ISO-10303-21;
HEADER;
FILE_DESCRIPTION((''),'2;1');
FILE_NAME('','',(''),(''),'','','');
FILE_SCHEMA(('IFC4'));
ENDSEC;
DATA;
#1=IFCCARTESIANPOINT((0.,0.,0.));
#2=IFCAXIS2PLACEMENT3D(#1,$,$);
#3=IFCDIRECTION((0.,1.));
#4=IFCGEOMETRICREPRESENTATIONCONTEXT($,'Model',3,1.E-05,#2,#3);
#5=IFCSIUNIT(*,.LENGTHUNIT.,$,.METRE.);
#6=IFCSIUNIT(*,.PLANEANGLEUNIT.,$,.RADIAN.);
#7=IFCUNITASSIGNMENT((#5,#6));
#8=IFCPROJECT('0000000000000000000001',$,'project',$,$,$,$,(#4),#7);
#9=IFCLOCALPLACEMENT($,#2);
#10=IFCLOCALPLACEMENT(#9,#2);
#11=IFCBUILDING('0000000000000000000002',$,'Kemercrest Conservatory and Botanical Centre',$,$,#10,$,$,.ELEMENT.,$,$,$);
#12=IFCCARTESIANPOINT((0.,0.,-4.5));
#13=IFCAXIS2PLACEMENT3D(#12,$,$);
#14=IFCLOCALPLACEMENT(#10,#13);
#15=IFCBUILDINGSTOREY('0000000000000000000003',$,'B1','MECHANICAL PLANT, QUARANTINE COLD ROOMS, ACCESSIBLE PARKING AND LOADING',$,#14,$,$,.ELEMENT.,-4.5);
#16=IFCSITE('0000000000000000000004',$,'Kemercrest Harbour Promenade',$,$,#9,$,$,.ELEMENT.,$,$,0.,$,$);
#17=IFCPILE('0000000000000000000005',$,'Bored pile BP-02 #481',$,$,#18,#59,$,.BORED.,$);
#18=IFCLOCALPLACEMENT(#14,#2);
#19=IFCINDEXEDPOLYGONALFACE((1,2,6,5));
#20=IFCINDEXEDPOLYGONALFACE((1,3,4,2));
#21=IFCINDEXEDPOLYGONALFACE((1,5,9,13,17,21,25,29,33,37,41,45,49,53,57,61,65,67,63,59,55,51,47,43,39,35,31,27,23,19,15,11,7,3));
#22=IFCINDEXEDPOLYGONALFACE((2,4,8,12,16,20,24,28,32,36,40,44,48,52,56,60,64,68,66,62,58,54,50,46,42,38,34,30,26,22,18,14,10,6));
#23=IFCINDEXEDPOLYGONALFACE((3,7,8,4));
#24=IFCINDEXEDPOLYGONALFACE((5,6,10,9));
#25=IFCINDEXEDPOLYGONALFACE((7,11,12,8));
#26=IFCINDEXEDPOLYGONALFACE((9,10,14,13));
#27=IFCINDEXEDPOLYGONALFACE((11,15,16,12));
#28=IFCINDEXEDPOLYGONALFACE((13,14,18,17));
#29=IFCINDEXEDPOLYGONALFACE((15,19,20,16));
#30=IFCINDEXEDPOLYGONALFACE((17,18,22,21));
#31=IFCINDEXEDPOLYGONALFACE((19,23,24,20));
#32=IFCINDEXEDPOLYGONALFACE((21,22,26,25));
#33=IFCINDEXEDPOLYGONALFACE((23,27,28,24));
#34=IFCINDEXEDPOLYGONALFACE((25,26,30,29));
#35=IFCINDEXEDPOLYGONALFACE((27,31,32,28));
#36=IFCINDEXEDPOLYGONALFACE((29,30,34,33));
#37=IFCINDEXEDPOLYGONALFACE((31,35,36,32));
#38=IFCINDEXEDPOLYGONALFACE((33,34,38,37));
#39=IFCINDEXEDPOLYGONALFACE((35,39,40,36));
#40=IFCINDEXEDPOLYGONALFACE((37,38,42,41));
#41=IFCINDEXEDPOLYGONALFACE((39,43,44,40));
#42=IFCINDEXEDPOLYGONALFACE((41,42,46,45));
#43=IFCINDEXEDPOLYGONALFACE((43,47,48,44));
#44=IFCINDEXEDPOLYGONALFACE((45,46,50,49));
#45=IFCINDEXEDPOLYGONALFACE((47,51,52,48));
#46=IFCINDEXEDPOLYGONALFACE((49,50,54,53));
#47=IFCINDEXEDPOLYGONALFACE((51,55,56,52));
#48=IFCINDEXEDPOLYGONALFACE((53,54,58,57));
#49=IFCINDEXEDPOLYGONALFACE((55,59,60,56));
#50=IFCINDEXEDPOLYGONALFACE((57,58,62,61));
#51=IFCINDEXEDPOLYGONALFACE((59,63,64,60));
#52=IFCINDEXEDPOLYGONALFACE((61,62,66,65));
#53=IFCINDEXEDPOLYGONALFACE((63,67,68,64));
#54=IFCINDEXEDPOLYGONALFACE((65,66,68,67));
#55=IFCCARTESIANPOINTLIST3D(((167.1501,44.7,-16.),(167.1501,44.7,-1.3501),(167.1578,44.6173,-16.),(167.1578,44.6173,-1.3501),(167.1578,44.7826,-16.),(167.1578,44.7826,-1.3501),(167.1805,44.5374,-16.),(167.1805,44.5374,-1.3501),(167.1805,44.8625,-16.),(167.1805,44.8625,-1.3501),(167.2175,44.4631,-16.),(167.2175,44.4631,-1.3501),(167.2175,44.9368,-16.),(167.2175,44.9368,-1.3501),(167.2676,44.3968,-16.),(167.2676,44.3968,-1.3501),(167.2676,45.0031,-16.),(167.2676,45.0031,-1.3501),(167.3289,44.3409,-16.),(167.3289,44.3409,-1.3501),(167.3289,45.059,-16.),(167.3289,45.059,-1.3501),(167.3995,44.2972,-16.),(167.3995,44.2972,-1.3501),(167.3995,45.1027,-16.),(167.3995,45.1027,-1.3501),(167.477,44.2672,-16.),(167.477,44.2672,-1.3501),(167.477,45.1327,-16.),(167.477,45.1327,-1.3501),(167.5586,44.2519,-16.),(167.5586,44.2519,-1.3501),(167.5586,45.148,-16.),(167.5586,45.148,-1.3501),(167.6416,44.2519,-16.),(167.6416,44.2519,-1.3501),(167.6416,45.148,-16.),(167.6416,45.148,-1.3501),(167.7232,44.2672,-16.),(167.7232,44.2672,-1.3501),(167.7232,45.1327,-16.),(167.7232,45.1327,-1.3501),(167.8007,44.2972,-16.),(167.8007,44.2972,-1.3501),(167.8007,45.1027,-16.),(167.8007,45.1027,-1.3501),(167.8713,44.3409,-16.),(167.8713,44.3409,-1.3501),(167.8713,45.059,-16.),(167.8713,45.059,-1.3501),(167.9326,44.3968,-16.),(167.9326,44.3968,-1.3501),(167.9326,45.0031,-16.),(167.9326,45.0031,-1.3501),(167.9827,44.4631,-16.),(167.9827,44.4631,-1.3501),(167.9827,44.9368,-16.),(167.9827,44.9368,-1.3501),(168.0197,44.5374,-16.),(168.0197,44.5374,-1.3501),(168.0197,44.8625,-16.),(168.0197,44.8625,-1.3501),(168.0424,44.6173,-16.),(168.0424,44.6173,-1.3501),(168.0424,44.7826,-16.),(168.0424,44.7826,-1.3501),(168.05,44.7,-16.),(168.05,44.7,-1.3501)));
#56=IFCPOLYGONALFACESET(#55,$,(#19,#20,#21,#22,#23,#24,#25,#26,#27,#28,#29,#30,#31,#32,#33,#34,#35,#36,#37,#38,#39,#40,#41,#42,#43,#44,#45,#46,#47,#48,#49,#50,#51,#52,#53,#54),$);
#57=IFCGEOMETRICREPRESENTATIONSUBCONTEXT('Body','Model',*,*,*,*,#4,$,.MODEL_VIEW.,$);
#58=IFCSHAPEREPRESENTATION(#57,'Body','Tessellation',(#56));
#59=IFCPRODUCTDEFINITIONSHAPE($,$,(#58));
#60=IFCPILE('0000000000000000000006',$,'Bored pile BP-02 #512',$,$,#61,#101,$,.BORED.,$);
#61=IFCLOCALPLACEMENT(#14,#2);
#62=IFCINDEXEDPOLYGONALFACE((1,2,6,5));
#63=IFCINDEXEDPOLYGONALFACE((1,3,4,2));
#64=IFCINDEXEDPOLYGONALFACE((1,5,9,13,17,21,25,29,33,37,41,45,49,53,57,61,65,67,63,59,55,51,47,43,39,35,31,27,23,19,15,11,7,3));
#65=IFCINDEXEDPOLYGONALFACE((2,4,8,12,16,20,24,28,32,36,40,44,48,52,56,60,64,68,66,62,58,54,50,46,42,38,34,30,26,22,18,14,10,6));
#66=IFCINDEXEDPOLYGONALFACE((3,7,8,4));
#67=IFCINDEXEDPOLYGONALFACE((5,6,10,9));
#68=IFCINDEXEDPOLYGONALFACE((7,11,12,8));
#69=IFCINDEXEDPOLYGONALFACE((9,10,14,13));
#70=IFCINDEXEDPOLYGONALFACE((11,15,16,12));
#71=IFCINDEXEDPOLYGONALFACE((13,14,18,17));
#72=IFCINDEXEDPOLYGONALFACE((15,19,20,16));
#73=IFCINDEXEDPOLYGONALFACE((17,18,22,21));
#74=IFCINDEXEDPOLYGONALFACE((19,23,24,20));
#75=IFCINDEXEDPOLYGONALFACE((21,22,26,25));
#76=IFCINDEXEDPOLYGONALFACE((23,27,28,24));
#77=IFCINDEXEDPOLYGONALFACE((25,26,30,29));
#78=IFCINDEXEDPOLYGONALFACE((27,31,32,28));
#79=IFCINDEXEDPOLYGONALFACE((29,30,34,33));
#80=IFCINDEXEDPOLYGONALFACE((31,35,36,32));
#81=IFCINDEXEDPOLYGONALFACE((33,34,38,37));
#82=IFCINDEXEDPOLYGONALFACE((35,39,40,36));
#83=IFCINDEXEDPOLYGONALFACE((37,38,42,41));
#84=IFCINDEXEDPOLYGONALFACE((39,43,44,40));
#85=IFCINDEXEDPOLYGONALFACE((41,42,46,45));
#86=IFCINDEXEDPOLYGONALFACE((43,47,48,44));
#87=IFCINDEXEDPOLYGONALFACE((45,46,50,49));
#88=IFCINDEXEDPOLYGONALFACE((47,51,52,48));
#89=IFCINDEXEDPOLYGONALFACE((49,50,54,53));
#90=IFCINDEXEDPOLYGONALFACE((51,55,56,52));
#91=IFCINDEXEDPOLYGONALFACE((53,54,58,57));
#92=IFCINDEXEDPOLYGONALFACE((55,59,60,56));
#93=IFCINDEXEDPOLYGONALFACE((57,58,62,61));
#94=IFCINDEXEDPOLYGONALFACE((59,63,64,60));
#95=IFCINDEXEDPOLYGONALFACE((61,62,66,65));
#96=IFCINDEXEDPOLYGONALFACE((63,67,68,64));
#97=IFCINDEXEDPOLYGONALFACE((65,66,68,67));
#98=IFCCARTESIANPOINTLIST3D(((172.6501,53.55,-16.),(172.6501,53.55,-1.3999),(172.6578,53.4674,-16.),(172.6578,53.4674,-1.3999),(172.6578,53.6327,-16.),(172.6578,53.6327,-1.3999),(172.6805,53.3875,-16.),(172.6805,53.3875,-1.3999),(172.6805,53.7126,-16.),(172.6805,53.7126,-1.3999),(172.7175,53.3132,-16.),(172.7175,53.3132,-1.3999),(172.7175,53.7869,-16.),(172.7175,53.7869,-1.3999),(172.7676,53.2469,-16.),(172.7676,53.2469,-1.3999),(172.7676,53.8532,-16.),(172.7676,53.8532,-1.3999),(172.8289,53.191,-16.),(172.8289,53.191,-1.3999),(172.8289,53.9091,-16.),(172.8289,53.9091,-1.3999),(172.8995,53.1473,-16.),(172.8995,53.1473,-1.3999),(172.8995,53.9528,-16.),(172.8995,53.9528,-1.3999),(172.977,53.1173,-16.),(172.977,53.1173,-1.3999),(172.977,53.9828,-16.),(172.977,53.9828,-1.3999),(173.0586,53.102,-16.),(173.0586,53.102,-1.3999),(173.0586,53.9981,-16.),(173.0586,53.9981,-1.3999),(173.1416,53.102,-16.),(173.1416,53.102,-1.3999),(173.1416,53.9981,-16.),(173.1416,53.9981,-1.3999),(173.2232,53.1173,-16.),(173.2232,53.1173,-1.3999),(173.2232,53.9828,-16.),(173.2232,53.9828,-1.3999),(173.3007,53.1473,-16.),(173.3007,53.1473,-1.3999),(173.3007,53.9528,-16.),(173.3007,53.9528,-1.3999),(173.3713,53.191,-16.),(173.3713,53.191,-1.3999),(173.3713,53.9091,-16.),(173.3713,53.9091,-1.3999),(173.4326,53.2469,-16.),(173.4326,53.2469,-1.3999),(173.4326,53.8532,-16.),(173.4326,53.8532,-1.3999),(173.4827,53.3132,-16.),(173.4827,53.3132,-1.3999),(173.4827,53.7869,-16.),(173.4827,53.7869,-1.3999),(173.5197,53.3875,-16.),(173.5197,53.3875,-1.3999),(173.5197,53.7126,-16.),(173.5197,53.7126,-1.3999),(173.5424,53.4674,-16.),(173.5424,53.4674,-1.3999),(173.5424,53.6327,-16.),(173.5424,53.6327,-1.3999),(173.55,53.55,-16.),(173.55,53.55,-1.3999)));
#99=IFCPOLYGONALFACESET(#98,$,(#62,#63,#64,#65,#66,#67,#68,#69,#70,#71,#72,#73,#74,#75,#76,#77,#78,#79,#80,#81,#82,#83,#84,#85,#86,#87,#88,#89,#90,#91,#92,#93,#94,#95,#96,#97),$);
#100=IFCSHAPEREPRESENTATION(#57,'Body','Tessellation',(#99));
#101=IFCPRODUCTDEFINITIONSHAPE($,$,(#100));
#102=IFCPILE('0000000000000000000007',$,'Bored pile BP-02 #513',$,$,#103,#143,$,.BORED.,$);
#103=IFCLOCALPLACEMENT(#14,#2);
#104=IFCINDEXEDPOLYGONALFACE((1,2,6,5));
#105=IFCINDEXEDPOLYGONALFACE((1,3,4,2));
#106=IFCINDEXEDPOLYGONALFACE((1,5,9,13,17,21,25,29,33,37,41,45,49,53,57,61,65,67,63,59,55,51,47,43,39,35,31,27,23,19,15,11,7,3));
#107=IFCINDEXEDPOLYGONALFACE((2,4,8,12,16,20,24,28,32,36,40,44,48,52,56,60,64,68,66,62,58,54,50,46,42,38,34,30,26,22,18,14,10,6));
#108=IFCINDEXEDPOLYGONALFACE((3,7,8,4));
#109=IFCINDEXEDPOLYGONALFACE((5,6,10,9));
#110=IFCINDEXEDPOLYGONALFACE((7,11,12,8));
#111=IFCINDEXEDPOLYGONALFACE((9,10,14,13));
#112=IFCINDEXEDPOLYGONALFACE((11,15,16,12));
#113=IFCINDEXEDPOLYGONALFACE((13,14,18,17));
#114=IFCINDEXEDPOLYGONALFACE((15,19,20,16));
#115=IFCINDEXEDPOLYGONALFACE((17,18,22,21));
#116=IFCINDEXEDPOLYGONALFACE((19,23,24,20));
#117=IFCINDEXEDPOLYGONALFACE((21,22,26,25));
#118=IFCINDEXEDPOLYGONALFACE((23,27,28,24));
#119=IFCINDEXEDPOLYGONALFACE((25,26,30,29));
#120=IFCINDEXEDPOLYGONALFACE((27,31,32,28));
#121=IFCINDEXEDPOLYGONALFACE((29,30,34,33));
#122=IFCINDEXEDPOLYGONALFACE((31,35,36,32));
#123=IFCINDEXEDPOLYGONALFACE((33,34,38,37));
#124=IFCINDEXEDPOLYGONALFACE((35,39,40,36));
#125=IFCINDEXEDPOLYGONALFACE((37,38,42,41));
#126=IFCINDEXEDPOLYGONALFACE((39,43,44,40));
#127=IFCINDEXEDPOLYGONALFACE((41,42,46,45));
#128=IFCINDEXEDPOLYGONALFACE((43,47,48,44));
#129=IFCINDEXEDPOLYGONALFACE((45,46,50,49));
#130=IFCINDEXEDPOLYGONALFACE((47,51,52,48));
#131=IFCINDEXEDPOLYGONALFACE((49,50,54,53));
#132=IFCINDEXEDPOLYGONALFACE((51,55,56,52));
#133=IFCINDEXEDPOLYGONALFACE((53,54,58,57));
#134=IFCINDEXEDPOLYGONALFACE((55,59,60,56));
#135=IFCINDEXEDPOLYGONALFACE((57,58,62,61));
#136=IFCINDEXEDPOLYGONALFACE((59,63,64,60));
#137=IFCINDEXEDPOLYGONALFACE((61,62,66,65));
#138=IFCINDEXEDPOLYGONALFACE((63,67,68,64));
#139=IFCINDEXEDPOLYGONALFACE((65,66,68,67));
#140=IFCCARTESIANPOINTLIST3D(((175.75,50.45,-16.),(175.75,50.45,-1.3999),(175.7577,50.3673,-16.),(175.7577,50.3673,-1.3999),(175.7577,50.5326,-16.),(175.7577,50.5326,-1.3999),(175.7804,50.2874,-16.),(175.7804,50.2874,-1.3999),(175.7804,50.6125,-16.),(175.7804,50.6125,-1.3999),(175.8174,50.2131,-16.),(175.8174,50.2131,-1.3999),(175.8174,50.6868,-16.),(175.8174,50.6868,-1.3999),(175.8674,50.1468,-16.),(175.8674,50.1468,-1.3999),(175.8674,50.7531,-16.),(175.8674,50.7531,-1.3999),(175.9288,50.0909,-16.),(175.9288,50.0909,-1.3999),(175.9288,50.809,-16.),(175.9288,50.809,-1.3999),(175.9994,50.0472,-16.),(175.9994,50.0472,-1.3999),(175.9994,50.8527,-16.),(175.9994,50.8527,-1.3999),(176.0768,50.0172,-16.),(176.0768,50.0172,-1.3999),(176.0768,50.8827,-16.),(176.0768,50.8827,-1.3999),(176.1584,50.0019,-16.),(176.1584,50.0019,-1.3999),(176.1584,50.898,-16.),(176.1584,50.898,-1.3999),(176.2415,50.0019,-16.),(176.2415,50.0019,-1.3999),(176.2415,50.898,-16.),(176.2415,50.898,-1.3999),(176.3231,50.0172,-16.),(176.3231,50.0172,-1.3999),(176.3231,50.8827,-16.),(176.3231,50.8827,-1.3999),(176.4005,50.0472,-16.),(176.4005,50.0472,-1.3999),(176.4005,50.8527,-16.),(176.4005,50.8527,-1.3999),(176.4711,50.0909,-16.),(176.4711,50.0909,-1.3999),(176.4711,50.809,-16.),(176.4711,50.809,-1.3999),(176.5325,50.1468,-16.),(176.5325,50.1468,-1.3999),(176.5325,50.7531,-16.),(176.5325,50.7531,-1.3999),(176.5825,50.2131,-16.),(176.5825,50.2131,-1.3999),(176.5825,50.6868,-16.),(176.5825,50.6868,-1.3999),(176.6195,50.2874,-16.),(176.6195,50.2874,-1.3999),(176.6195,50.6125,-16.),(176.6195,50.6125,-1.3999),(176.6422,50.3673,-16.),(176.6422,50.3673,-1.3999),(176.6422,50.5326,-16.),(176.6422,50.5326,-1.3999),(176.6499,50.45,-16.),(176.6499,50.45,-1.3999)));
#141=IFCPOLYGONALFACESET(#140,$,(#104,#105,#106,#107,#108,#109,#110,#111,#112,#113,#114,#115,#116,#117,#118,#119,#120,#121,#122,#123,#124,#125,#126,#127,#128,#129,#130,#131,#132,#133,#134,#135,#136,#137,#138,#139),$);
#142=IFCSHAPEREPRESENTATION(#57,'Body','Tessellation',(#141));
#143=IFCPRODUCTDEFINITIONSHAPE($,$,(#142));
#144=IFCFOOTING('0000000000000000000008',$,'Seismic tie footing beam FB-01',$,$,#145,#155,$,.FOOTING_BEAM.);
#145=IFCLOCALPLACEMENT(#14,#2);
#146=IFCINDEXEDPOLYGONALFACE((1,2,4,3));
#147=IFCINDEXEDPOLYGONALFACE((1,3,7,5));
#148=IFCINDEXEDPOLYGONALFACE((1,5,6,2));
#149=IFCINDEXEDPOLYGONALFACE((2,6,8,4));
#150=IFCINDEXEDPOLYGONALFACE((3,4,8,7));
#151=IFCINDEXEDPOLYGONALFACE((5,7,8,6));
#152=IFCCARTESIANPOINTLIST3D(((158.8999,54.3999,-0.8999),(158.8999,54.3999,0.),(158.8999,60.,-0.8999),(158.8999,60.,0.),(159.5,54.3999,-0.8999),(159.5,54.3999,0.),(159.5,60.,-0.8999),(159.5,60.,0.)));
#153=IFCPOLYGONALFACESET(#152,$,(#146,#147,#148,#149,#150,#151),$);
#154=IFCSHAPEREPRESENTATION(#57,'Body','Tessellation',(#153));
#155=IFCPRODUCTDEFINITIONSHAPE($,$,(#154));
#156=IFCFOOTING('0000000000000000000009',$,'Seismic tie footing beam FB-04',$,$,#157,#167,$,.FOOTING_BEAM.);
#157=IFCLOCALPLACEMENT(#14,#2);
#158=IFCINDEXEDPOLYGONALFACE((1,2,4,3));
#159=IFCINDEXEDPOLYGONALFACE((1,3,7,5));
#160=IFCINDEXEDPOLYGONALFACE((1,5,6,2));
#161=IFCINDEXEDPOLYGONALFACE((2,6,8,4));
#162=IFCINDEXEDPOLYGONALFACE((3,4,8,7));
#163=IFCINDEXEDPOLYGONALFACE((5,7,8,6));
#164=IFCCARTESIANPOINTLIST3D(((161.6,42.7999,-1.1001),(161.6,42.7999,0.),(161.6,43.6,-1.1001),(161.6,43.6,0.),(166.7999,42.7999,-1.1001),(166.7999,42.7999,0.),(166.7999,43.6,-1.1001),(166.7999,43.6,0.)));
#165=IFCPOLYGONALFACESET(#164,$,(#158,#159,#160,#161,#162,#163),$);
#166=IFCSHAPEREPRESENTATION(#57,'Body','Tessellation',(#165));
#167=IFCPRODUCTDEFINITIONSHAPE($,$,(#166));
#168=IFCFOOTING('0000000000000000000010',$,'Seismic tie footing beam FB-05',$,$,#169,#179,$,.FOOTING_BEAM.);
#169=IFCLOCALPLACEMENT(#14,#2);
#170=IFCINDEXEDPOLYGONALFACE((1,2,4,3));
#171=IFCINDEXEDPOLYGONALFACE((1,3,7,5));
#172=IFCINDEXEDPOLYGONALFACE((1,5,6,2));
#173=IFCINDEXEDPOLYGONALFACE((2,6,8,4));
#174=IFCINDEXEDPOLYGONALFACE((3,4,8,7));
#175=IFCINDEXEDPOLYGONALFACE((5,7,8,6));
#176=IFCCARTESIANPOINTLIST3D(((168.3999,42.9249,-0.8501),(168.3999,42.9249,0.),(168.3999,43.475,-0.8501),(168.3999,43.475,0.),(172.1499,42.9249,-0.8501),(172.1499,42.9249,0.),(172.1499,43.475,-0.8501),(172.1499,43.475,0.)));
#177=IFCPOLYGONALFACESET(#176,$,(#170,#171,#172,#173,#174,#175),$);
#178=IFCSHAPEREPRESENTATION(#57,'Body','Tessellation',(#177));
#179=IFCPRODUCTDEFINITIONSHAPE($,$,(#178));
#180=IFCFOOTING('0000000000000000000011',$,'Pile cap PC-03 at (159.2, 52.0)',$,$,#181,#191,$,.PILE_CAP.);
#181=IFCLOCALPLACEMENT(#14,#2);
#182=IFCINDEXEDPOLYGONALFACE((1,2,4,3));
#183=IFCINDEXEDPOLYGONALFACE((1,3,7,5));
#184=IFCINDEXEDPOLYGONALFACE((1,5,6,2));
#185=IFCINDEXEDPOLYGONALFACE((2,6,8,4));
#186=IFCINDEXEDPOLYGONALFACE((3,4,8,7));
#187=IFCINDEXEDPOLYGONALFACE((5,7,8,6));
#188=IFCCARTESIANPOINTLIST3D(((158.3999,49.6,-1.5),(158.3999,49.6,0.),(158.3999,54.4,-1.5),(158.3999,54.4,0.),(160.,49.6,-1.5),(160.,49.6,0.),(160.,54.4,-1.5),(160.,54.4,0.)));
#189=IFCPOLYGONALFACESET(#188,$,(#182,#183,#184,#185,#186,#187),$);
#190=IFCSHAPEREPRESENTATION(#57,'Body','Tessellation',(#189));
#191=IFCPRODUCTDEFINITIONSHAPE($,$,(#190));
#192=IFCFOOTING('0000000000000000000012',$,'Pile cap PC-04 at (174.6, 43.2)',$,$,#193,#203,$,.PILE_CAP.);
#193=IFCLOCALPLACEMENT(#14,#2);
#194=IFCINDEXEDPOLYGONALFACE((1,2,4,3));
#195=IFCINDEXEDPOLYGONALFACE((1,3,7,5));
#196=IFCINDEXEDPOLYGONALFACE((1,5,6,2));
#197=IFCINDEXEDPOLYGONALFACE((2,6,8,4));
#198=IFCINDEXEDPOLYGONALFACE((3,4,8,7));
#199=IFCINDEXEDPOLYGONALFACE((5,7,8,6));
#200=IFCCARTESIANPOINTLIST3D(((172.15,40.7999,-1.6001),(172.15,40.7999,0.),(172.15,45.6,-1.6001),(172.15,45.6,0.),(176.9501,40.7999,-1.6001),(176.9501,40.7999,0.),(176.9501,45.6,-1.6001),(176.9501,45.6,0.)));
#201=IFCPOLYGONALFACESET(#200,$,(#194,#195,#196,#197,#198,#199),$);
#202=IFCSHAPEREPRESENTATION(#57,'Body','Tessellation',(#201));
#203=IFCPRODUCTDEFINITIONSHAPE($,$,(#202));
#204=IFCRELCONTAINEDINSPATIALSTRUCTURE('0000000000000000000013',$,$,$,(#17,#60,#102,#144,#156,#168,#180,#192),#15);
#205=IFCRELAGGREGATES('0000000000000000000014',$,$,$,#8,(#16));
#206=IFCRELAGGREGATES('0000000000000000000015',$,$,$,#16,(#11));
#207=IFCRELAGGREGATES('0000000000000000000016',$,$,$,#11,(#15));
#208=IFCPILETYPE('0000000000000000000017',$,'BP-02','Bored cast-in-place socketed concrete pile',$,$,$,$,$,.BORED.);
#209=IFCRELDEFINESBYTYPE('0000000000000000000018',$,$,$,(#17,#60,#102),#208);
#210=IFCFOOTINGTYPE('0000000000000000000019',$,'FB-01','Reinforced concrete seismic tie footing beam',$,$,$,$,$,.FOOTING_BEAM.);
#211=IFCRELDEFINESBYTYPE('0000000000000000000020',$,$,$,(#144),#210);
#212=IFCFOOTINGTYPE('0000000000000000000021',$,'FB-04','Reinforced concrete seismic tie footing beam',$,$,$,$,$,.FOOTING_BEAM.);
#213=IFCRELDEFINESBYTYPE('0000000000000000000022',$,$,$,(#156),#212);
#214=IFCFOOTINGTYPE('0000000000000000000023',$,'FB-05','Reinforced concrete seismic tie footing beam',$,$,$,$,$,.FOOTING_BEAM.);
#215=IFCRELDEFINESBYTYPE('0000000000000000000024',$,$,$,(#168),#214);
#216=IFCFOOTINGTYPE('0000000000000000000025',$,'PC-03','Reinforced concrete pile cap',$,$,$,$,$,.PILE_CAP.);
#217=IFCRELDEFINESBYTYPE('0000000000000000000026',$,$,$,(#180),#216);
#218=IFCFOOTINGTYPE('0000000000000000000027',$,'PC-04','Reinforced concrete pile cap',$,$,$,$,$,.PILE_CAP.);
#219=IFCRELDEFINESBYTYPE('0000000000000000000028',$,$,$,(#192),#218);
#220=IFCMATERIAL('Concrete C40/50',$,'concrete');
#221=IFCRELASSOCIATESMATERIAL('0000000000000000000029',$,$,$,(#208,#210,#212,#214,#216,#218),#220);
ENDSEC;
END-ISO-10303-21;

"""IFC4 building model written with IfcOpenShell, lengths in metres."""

from ifc_helpers import new_model, si_unit, direction, frame, origin, origin_2d, place, context, subcontext, project, spatial, rectangle, circle, extrude, material, material_profile, profile_set, type_object, element, save


model = new_model("IFC4")

# Units and contexts
model_context = context("Model", 3, precision=1e-05, world=origin(), true_north=direction((0.0, 1.0)))
body_context = subcontext(model_context, "Body", "Model", "MODEL_VIEW")
ifc_project = project(units=[si_unit("LENGTHUNIT", "METRE"), si_unit("PLANEANGLEUNIT", "RADIAN")], contexts=[model_context])

# Site, building, storey
site_placement = place(None, origin())
site = spatial("IfcSite", under=ifc_project, at=site_placement, Name="Kemercrest Harbour Promenade", CompositionType="ELEMENT", RefElevation=0.0)
building_placement = place(site_placement, origin())
building = spatial("IfcBuilding", under=site, at=building_placement, Name="Kemercrest Conservatory and Botanical Centre", CompositionType="ELEMENT")
storey_placement = place(building_placement, frame((0.0, 0.0, -4.5)))
storey = spatial("IfcBuildingStorey", under=building, at=storey_placement, Name="B1", Description="MECHANICAL PLANT, QUARANTINE COLD ROOMS, ACCESSIBLE PARKING AND LOADING", CompositionType="ELEMENT", Elevation=-4.5)

# Piles
ifc_material_1 = material(Name="Concrete C40/50", Category="concrete")
ifc_material_profile_1 = material_profile(ifc_material_1, circle(Radius=0.45, at=origin_2d()), Name="BORED PILE 900")
ifc_profile_set_1 = profile_set([ifc_material_profile_1], Name="Concrete C40/50")
pile_type_1 = type_object("IfcPileType", Name="BP-02", Description="Bored cast-in-place socketed concrete pile", PredefinedType="BORED", material=ifc_profile_set_1)
pile_1_placement = place(storey_placement, frame((167.6001, 44.7, -1.3501), z_axis=(0.0, 0.0, -1.0), x_axis=(1.0, 0.0, 0.0)))
element("IfcPile", 1, at=pile_1_placement, inside=storey, type_object=pile_type_1, Name="Bored pile BP-02 #481", PredefinedType="BORED", context=body_context, shape_type="SweptSolid", body=[
    extrude(circle(Radius=0.45, at=origin_2d()), origin(), (0.0, 0.0, 1.0), 14.6499),
])
for number, where, z_axis, x_axis, name in (
    (2, (173.1001, 53.55, -1.3999), (0.0, 0.0, -1.0), (1.0, 0.0, 0.0), "Bored pile BP-02 #512"),
    (3, (176.2, 50.45, -1.3999), (0.0, 0.0, -1.0), (1.0, 0.0, 0.0), "Bored pile BP-02 #513"),
):
    element("IfcPile", number, at=place(storey_placement, frame(where, z_axis=z_axis, x_axis=x_axis)), inside=storey, type_object=pile_type_1, Name=name, PredefinedType="BORED", context=body_context, shape_type="SweptSolid", body=[
        extrude(circle(Radius=0.45, at=origin_2d()), origin(), (0.0, 0.0, 1.0), 14.6001),
    ])

# Footings
footing_type_1 = type_object("IfcFootingType", Name="FB-01", Description="Reinforced concrete seismic tie footing beam", PredefinedType="FOOTING_BEAM", material=ifc_material_1)
footing_1_placement = place(storey_placement, frame((159.2, 57.2, -0.8999), z_axis=(0.0, 0.0, 1.0), x_axis=(1.0, 0.0, 0.0)))
element("IfcFooting", 4, at=footing_1_placement, inside=storey, type_object=footing_type_1, Name="Seismic tie footing beam FB-01", PredefinedType="FOOTING_BEAM", context=body_context, shape_type="SweptSolid", body=[
    extrude(rectangle(XDim=0.6001, YDim=5.6001, at=origin_2d()), origin(), (0.0, 0.0, 1.0), 0.8999),
])
footing_type_2 = type_object("IfcFootingType", Name="FB-04", Description="Reinforced concrete seismic tie footing beam", PredefinedType="FOOTING_BEAM", material=ifc_material_1)
footing_2_placement = place(storey_placement, frame((164.2, 43.2, -1.1001), z_axis=(0.0, 0.0, 1.0), x_axis=(1.0, 0.0, 0.0)))
element("IfcFooting", 5, at=footing_2_placement, inside=storey, type_object=footing_type_2, Name="Seismic tie footing beam FB-04", PredefinedType="FOOTING_BEAM", context=body_context, shape_type="SweptSolid", body=[
    extrude(rectangle(XDim=5.2, YDim=0.8, at=origin_2d()), origin(), (0.0, 0.0, 1.0), 1.1001),
])
footing_type_3 = type_object("IfcFootingType", Name="FB-05", Description="Reinforced concrete seismic tie footing beam", PredefinedType="FOOTING_BEAM", material=ifc_material_1)
footing_3_placement = place(storey_placement, frame((170.2749, 43.2, -0.8501), z_axis=(0.0, 0.0, 1.0), x_axis=(1.0, 0.0, 0.0)))
element("IfcFooting", 6, at=footing_3_placement, inside=storey, type_object=footing_type_3, Name="Seismic tie footing beam FB-05", PredefinedType="FOOTING_BEAM", context=body_context, shape_type="SweptSolid", body=[
    extrude(rectangle(XDim=3.75, YDim=0.55, at=origin_2d()), origin(), (0.0, 0.0, 1.0), 0.8501),
])
footing_type_4 = type_object("IfcFootingType", Name="PC-03", Description="Reinforced concrete pile cap", PredefinedType="PILE_CAP", material=ifc_material_1)
footing_4_placement = place(storey_placement, frame((159.2, 52.0, -1.5), z_axis=(0.0, 0.0, 1.0), x_axis=(1.0, 0.0, 0.0)))
element("IfcFooting", 7, at=footing_4_placement, inside=storey, type_object=footing_type_4, Name="Pile cap PC-03 at (159.2, 52.0)", PredefinedType="PILE_CAP", context=body_context, shape_type="SweptSolid", body=[
    extrude(rectangle(XDim=1.6001, YDim=4.8, at=origin_2d()), origin(), (0.0, 0.0, 1.0), 1.5),
])
footing_type_5 = type_object("IfcFootingType", Name="PC-04", Description="Reinforced concrete pile cap", PredefinedType="PILE_CAP", material=ifc_material_1)
footing_5_placement = place(storey_placement, frame((174.55, 43.2, -1.6001), z_axis=(0.0, 0.0, 1.0), x_axis=(1.0, 0.0, 0.0)))
element("IfcFooting", 8, at=footing_5_placement, inside=storey, type_object=footing_type_5, Name="Pile cap PC-04 at (174.6, 43.2)", PredefinedType="PILE_CAP", context=body_context, shape_type="SweptSolid", body=[
    extrude(rectangle(XDim=4.8, YDim=4.8, at=origin_2d()), origin(), (0.0, 0.0, 1.0), 1.6001),
])

save(model, "model.ifc")
